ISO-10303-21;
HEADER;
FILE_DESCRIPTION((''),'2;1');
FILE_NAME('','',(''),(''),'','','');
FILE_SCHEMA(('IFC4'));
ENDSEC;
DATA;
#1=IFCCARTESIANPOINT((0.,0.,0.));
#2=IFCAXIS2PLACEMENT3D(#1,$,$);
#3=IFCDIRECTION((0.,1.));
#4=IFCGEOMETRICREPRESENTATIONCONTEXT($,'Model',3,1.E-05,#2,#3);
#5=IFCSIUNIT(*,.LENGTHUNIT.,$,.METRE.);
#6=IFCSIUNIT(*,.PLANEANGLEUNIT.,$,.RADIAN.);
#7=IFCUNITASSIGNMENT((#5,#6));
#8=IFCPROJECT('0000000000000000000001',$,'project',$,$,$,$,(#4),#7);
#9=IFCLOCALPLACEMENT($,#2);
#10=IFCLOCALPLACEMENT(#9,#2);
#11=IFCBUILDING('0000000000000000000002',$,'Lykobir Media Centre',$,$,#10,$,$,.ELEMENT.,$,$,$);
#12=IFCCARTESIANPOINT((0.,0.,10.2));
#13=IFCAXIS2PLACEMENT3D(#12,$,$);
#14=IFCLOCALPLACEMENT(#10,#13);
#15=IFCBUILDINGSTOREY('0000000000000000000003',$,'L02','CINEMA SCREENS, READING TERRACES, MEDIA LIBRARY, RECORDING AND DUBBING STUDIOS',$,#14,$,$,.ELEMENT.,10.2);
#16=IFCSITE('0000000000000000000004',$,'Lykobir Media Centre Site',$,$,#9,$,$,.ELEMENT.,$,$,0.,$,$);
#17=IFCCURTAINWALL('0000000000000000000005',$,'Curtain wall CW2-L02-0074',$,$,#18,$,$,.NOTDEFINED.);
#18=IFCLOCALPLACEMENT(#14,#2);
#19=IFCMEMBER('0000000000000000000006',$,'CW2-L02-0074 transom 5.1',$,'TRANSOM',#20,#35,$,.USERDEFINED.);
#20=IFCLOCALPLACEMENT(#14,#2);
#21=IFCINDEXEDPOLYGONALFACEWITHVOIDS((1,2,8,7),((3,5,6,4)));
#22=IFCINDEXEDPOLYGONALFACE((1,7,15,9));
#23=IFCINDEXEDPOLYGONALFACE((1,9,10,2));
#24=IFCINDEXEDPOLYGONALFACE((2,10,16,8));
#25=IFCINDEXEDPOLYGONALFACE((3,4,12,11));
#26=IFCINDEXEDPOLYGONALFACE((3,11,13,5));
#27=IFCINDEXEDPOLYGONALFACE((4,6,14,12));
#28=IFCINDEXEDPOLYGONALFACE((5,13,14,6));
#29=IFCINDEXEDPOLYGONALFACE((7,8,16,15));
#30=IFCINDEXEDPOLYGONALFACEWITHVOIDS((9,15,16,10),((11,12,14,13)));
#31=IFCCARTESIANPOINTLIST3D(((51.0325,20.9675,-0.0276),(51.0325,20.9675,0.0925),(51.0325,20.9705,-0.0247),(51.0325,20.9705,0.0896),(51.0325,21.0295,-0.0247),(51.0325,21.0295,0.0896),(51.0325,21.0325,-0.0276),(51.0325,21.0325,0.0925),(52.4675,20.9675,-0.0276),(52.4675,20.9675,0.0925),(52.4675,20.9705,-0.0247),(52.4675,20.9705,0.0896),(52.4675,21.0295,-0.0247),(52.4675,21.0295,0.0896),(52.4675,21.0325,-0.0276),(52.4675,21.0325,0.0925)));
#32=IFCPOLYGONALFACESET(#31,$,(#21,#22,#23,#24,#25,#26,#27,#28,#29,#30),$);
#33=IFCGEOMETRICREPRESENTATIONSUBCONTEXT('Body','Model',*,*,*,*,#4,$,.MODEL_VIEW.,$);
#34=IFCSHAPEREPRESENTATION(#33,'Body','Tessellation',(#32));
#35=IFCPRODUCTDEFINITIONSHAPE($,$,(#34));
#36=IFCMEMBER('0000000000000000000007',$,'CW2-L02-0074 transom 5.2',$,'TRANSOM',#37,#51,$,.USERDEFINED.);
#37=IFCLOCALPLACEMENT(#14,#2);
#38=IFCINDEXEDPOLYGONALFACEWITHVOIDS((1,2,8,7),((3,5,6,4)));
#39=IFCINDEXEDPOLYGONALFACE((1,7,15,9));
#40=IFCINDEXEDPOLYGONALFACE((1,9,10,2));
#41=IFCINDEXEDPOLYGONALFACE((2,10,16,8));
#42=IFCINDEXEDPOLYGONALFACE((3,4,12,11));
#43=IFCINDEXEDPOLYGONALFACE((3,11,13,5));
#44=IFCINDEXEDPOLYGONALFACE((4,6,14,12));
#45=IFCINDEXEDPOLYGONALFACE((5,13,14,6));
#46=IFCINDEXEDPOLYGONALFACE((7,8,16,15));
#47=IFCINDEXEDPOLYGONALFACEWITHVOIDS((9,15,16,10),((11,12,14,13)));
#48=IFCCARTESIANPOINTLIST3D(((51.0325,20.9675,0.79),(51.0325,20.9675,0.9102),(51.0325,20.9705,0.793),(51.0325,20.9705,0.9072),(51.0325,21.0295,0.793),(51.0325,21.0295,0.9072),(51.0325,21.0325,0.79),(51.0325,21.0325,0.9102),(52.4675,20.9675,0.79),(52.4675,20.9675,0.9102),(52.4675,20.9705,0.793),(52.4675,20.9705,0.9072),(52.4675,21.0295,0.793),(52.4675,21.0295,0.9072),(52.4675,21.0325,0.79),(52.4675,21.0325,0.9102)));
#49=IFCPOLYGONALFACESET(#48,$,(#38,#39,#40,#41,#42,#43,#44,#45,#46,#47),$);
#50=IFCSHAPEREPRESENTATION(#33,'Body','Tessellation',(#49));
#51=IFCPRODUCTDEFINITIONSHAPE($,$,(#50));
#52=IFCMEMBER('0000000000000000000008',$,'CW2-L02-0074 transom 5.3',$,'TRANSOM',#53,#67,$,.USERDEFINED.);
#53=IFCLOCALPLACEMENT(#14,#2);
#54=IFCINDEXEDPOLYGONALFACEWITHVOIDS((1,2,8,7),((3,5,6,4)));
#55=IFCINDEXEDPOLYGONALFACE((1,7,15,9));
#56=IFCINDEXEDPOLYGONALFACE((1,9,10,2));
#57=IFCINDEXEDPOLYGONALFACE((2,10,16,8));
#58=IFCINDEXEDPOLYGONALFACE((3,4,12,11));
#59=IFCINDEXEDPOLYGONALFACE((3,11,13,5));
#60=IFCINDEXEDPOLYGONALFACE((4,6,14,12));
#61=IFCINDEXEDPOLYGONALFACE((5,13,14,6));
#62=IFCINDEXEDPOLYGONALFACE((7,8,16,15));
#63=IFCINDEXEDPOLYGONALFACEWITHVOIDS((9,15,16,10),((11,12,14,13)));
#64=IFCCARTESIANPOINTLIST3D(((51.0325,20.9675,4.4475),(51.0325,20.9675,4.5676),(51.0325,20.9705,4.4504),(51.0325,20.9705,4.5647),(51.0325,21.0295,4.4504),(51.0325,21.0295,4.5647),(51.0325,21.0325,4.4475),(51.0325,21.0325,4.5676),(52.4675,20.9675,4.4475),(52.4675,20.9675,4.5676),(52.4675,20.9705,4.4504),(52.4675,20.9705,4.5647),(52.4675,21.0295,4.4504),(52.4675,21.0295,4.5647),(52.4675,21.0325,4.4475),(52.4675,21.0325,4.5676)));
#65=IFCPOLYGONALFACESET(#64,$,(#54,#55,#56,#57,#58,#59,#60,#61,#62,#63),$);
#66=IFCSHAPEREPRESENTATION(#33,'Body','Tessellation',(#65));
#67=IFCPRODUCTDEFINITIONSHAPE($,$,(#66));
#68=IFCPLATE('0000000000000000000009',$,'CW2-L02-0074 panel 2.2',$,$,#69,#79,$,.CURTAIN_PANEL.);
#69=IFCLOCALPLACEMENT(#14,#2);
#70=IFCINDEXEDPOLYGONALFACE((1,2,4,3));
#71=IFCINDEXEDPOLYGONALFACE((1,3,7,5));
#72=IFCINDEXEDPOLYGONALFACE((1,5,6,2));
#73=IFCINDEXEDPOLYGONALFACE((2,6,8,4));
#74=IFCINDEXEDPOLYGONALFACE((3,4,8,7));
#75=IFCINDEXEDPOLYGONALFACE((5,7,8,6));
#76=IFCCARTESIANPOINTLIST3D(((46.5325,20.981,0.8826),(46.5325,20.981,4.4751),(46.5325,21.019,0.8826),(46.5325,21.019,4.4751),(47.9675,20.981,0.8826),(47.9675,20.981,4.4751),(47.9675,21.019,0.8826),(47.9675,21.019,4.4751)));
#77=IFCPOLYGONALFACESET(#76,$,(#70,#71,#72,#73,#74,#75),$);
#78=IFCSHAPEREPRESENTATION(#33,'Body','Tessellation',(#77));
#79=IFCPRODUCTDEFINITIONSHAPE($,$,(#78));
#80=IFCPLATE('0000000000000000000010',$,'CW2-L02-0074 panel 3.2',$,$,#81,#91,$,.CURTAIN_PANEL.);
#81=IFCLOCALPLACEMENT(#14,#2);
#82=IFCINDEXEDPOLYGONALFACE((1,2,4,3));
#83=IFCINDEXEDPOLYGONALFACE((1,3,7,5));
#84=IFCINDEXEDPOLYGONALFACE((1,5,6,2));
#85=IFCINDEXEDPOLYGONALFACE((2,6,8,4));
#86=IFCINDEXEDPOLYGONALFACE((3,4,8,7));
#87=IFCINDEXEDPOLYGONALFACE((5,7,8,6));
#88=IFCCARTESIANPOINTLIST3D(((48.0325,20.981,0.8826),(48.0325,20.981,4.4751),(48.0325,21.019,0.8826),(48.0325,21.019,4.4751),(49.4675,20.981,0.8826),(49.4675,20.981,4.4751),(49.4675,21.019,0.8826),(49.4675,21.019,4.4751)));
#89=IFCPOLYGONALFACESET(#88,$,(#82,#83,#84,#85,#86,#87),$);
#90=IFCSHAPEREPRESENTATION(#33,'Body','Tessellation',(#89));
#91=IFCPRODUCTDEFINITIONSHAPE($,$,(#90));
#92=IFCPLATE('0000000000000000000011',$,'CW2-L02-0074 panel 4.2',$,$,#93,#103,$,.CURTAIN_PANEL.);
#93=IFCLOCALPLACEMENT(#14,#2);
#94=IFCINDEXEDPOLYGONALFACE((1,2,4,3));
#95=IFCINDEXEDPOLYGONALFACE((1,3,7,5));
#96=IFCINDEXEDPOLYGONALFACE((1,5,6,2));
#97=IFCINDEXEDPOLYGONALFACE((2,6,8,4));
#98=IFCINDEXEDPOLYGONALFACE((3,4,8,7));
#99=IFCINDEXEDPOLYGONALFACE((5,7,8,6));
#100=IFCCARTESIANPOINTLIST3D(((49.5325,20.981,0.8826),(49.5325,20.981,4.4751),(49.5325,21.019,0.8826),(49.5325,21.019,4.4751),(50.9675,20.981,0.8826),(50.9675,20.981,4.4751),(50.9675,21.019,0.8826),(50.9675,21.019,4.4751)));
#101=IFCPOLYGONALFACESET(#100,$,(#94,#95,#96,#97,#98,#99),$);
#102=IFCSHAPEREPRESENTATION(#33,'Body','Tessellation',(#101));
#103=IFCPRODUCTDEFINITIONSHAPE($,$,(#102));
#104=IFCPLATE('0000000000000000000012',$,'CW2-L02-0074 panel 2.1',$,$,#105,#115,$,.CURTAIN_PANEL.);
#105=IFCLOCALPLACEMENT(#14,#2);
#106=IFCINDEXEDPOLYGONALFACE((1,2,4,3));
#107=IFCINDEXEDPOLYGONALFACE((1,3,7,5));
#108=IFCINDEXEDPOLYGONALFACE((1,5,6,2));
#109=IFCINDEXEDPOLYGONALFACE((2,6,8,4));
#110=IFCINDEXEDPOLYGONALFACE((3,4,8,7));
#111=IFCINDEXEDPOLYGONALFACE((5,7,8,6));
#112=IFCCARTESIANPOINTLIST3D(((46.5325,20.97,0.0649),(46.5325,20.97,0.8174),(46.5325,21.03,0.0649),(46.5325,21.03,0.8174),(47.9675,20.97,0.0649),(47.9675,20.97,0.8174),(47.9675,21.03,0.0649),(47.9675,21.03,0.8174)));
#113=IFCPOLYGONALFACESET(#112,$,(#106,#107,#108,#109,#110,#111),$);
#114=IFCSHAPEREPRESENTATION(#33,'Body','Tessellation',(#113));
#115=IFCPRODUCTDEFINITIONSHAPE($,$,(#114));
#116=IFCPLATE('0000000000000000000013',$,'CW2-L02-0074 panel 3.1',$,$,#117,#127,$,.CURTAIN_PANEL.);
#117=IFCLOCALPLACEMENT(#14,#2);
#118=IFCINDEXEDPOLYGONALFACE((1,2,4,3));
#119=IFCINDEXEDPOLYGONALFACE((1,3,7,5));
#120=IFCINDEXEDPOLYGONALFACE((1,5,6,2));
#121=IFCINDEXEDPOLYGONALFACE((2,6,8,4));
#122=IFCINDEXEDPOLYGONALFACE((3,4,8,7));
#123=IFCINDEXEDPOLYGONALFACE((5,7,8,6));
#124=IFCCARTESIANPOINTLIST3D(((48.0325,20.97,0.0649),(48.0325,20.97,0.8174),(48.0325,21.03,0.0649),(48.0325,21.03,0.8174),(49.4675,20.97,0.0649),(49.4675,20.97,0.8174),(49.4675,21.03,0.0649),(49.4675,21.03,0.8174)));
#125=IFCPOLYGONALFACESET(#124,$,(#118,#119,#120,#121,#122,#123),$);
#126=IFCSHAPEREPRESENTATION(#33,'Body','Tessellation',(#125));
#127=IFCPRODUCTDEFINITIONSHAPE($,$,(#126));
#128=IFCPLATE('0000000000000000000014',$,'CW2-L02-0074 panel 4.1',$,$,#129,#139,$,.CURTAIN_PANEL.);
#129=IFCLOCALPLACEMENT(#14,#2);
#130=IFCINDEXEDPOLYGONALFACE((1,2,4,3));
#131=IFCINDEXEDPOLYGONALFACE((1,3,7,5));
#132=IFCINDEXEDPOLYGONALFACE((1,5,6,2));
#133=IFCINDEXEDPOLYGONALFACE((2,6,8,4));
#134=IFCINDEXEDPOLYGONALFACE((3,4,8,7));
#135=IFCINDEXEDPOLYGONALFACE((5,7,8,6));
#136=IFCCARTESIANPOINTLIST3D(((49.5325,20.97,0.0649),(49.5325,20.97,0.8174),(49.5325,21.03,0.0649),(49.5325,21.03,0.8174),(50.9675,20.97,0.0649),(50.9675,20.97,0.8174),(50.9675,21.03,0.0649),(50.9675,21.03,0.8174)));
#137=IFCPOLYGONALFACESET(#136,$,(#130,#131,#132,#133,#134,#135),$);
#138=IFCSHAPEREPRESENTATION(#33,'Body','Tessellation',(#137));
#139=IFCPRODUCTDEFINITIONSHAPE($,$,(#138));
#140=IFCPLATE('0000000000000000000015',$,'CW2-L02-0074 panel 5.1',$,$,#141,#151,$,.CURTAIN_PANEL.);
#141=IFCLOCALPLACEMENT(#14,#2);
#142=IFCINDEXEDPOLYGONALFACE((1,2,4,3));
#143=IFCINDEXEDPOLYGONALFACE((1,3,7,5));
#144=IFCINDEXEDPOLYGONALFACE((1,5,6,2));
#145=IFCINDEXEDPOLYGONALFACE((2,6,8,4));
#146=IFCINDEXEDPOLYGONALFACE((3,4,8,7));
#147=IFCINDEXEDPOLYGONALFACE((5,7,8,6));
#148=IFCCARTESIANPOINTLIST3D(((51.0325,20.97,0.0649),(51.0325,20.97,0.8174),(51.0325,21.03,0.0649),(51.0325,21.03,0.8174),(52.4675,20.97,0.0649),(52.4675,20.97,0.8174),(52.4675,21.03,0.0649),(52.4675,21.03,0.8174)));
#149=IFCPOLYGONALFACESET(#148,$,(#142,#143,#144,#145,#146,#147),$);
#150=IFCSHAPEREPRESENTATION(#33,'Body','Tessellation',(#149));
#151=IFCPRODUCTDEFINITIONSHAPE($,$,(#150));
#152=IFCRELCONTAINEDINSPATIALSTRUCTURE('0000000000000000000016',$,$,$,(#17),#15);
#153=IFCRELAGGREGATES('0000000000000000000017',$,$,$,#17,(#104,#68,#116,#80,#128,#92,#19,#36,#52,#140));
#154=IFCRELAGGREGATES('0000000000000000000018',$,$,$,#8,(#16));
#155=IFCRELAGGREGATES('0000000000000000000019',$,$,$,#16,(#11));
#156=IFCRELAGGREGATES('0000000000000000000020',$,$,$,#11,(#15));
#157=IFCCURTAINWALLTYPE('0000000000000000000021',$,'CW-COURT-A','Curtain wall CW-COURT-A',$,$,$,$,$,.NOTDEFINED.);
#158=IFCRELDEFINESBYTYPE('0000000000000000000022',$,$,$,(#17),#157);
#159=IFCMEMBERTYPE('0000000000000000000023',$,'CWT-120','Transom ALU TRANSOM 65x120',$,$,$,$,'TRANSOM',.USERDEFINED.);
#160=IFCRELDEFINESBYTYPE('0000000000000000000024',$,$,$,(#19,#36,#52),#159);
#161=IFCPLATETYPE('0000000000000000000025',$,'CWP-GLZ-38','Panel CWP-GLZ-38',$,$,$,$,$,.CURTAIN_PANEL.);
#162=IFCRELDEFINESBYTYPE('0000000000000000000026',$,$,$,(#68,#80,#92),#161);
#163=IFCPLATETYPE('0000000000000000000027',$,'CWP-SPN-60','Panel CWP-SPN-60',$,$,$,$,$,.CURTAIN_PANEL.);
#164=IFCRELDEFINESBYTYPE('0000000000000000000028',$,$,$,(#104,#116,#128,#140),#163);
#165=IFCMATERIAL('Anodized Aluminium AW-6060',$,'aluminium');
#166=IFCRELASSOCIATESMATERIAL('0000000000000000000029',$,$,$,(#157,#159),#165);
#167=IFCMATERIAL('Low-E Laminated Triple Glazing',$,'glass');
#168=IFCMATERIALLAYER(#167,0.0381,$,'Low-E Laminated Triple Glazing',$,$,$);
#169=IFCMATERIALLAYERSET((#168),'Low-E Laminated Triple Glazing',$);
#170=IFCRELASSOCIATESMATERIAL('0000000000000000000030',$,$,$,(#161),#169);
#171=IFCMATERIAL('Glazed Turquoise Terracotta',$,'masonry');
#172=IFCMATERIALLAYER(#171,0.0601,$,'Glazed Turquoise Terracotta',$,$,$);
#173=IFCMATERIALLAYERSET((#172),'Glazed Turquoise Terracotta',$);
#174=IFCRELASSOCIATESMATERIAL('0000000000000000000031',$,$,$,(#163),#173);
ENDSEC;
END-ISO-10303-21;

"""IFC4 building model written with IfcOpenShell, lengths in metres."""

from ifc_helpers import new_model, si_unit, direction, frame, origin, origin_2d, place, context, subcontext, project, spatial, rectangle, hollow_rectangle, extrude, material, layer, layer_set, material_profile, profile_set, type_object, element, aggregate, save


model = new_model("IFC4")

# Units and contexts
model_context = context("Model", 3, precision=1e-05, world=origin(), true_north=direction((0.0, 1.0)))
body_context = subcontext(model_context, "Body", "Model", "MODEL_VIEW")
ifc_project = project(units=[si_unit("LENGTHUNIT", "METRE"), si_unit("PLANEANGLEUNIT", "RADIAN")], contexts=[model_context])

# Site, building, storey
site_placement = place(None, origin())
site = spatial("IfcSite", under=ifc_project, at=site_placement, Name="Lykobir Media Centre Site", CompositionType="ELEMENT", RefElevation=0.0)
building_placement = place(site_placement, origin())
building = spatial("IfcBuilding", under=site, at=building_placement, Name="Lykobir Media Centre", CompositionType="ELEMENT")
storey_placement = place(building_placement, frame((0.0, 0.0, 10.2)))
storey = spatial("IfcBuildingStorey", under=building, at=storey_placement, Name="L02", Description="CINEMA SCREENS, READING TERRACES, MEDIA LIBRARY, RECORDING AND DUBBING STUDIOS", CompositionType="ELEMENT", Elevation=10.2)

# Curtain wall, members, plates
ifc_material_1 = material(Name="Anodized Aluminium AW-6060", Category="aluminium")
curtain_wall_type = type_object("IfcCurtainWallType", Name="CW-COURT-A", Description="Curtain wall CW-COURT-A", PredefinedType="NOTDEFINED", material=ifc_material_1)
curtain_wall_placement = place(storey_placement, origin())
curtain_wall = element("IfcCurtainWall", 1, at=curtain_wall_placement, inside=storey, type_object=curtain_wall_type, Name="Curtain wall CW2-L02-0074", PredefinedType="NOTDEFINED")
ifc_material_profile_1 = material_profile(ifc_material_1, hollow_rectangle(XDim=0.0649, YDim=0.1201, WallThickness=0.0029, at=origin_2d()), Name="ALU TRANSOM 65x120")
ifc_profile_set_1 = profile_set([ifc_material_profile_1], Name="Anodized Aluminium AW-6060")
member_type_1 = type_object("IfcMemberType", Name="CWT-120", Description="Transom ALU TRANSOM 65x120", ElementType="TRANSOM", PredefinedType="USERDEFINED", material=ifc_profile_set_1)
member_1_placement = place(storey_placement, frame((51.0325, 21.0, 0.0325), z_axis=(1.0, 0.0, 0.0), x_axis=(0.0, 1.0, 0.0)))
member_1 = element("IfcMember", 2, at=member_1_placement, type_object=member_type_1, Name="CW2-L02-0074 transom 5.1", ObjectType="TRANSOM", PredefinedType="USERDEFINED", context=body_context, shape_type="SweptSolid", body=[
    extrude(hollow_rectangle(XDim=0.0649, YDim=0.1201, WallThickness=0.0029, at=origin_2d()), origin(), (0.0, 0.0, 1.0), 1.4351),
])
member_2_placement = place(storey_placement, frame((51.0325, 21.0, 0.8501), z_axis=(1.0, 0.0, 0.0), x_axis=(0.0, 1.0, 0.0)))
member_2 = element("IfcMember", 3, at=member_2_placement, type_object=member_type_1, Name="CW2-L02-0074 transom 5.2", ObjectType="TRANSOM", PredefinedType="USERDEFINED", context=body_context, shape_type="SweptSolid", body=[
    extrude(hollow_rectangle(XDim=0.0649, YDim=0.1201, WallThickness=0.0029, at=origin_2d()), origin(), (0.0, 0.0, 1.0), 1.4351),
])
member_3_placement = place(storey_placement, frame((51.0325, 21.0, 4.5076), z_axis=(1.0, 0.0, 0.0), x_axis=(0.0, 1.0, 0.0)))
member_3 = element("IfcMember", 4, at=member_3_placement, type_object=member_type_1, Name="CW2-L02-0074 transom 5.3", ObjectType="TRANSOM", PredefinedType="USERDEFINED", context=body_context, shape_type="SweptSolid", body=[
    extrude(hollow_rectangle(XDim=0.0649, YDim=0.1201, WallThickness=0.0029, at=origin_2d()), origin(), (0.0, 0.0, 1.0), 1.4351),
])
ifc_material_2 = material(Name="Low-E Laminated Triple Glazing", Category="glass")
ifc_layer_1 = layer(ifc_material_2, 0.0381, Name="Low-E Laminated Triple Glazing")
ifc_layer_set_1 = layer_set([ifc_layer_1], Name="Low-E Laminated Triple Glazing")
plate_type_1 = type_object("IfcPlateType", Name="CWP-GLZ-38", Description="Panel CWP-GLZ-38", PredefinedType="CURTAIN_PANEL", material=ifc_layer_set_1)
plate_1_placement = place(storey_placement, frame((47.25, 21.0, 0.8826), z_axis=(0.0, 0.0, 1.0), x_axis=(1.0, 0.0, 0.0)))
plate_1 = element("IfcPlate", 5, at=plate_1_placement, type_object=plate_type_1, Name="CW2-L02-0074 panel 2.2", PredefinedType="CURTAIN_PANEL", context=body_context, shape_type="SweptSolid", body=[
    extrude(rectangle(XDim=1.4351, YDim=0.0381, at=origin_2d()), origin(), (0.0, 0.0, 1.0), 3.5925),
])
plate_2_placement = place(storey_placement, frame((48.75, 21.0, 0.8826), z_axis=(0.0, 0.0, 1.0), x_axis=(1.0, 0.0, 0.0)))
plate_2 = element("IfcPlate", 6, at=plate_2_placement, type_object=plate_type_1, Name="CW2-L02-0074 panel 3.2", PredefinedType="CURTAIN_PANEL", context=body_context, shape_type="SweptSolid", body=[
    extrude(rectangle(XDim=1.4351, YDim=0.0381, at=origin_2d()), origin(), (0.0, 0.0, 1.0), 3.5925),
])
plate_3_placement = place(storey_placement, frame((50.25, 21.0, 0.8826), z_axis=(0.0, 0.0, 1.0), x_axis=(1.0, 0.0, 0.0)))
plate_3 = element("IfcPlate", 7, at=plate_3_placement, type_object=plate_type_1, Name="CW2-L02-0074 panel 4.2", PredefinedType="CURTAIN_PANEL", context=body_context, shape_type="SweptSolid", body=[
    extrude(rectangle(XDim=1.4351, YDim=0.0381, at=origin_2d()), origin(), (0.0, 0.0, 1.0), 3.5925),
])
ifc_material_3 = material(Name="Glazed Turquoise Terracotta", Category="masonry")
ifc_layer_2 = layer(ifc_material_3, 0.0601, Name="Glazed Turquoise Terracotta")
ifc_layer_set_2 = layer_set([ifc_layer_2], Name="Glazed Turquoise Terracotta")
plate_type_2 = type_object("IfcPlateType", Name="CWP-SPN-60", Description="Panel CWP-SPN-60", PredefinedType="CURTAIN_PANEL", material=ifc_layer_set_2)
plate_4_placement = place(storey_placement, frame((47.25, 21.0, 0.0649), z_axis=(0.0, 0.0, 1.0), x_axis=(1.0, 0.0, 0.0)))
plate_4 = element("IfcPlate", 8, at=plate_4_placement, type_object=plate_type_2, Name="CW2-L02-0074 panel 2.1", PredefinedType="CURTAIN_PANEL", context=body_context, shape_type="SweptSolid", body=[
    extrude(rectangle(XDim=1.4351, YDim=0.0601, at=origin_2d()), origin(), (0.0, 0.0, 1.0), 0.7524),
])
plate_5_placement = place(storey_placement, frame((48.75, 21.0, 0.0649), z_axis=(0.0, 0.0, 1.0), x_axis=(1.0, 0.0, 0.0)))
plate_5 = element("IfcPlate", 9, at=plate_5_placement, type_object=plate_type_2, Name="CW2-L02-0074 panel 3.1", PredefinedType="CURTAIN_PANEL", context=body_context, shape_type="SweptSolid", body=[
    extrude(rectangle(XDim=1.4351, YDim=0.0601, at=origin_2d()), origin(), (0.0, 0.0, 1.0), 0.7524),
])
plate_6_placement = place(storey_placement, frame((50.25, 21.0, 0.0649), z_axis=(0.0, 0.0, 1.0), x_axis=(1.0, 0.0, 0.0)))
plate_6 = element("IfcPlate", 10, at=plate_6_placement, type_object=plate_type_2, Name="CW2-L02-0074 panel 4.1", PredefinedType="CURTAIN_PANEL", context=body_context, shape_type="SweptSolid", body=[
    extrude(rectangle(XDim=1.4351, YDim=0.0601, at=origin_2d()), origin(), (0.0, 0.0, 1.0), 0.7524),
])
plate_7_placement = place(storey_placement, frame((51.75, 21.0, 0.0649), z_axis=(0.0, 0.0, 1.0), x_axis=(1.0, 0.0, 0.0)))
plate_7 = element("IfcPlate", 11, at=plate_7_placement, type_object=plate_type_2, Name="CW2-L02-0074 panel 5.1", PredefinedType="CURTAIN_PANEL", context=body_context, shape_type="SweptSolid", body=[
    extrude(rectangle(XDim=1.4351, YDim=0.0601, at=origin_2d()), origin(), (0.0, 0.0, 1.0), 0.7524),
])
aggregate(curtain_wall, [plate_4, plate_1, plate_5, plate_2, plate_6, plate_3, member_1, member_2, member_3, plate_7])

save(model, "model.ifc")
